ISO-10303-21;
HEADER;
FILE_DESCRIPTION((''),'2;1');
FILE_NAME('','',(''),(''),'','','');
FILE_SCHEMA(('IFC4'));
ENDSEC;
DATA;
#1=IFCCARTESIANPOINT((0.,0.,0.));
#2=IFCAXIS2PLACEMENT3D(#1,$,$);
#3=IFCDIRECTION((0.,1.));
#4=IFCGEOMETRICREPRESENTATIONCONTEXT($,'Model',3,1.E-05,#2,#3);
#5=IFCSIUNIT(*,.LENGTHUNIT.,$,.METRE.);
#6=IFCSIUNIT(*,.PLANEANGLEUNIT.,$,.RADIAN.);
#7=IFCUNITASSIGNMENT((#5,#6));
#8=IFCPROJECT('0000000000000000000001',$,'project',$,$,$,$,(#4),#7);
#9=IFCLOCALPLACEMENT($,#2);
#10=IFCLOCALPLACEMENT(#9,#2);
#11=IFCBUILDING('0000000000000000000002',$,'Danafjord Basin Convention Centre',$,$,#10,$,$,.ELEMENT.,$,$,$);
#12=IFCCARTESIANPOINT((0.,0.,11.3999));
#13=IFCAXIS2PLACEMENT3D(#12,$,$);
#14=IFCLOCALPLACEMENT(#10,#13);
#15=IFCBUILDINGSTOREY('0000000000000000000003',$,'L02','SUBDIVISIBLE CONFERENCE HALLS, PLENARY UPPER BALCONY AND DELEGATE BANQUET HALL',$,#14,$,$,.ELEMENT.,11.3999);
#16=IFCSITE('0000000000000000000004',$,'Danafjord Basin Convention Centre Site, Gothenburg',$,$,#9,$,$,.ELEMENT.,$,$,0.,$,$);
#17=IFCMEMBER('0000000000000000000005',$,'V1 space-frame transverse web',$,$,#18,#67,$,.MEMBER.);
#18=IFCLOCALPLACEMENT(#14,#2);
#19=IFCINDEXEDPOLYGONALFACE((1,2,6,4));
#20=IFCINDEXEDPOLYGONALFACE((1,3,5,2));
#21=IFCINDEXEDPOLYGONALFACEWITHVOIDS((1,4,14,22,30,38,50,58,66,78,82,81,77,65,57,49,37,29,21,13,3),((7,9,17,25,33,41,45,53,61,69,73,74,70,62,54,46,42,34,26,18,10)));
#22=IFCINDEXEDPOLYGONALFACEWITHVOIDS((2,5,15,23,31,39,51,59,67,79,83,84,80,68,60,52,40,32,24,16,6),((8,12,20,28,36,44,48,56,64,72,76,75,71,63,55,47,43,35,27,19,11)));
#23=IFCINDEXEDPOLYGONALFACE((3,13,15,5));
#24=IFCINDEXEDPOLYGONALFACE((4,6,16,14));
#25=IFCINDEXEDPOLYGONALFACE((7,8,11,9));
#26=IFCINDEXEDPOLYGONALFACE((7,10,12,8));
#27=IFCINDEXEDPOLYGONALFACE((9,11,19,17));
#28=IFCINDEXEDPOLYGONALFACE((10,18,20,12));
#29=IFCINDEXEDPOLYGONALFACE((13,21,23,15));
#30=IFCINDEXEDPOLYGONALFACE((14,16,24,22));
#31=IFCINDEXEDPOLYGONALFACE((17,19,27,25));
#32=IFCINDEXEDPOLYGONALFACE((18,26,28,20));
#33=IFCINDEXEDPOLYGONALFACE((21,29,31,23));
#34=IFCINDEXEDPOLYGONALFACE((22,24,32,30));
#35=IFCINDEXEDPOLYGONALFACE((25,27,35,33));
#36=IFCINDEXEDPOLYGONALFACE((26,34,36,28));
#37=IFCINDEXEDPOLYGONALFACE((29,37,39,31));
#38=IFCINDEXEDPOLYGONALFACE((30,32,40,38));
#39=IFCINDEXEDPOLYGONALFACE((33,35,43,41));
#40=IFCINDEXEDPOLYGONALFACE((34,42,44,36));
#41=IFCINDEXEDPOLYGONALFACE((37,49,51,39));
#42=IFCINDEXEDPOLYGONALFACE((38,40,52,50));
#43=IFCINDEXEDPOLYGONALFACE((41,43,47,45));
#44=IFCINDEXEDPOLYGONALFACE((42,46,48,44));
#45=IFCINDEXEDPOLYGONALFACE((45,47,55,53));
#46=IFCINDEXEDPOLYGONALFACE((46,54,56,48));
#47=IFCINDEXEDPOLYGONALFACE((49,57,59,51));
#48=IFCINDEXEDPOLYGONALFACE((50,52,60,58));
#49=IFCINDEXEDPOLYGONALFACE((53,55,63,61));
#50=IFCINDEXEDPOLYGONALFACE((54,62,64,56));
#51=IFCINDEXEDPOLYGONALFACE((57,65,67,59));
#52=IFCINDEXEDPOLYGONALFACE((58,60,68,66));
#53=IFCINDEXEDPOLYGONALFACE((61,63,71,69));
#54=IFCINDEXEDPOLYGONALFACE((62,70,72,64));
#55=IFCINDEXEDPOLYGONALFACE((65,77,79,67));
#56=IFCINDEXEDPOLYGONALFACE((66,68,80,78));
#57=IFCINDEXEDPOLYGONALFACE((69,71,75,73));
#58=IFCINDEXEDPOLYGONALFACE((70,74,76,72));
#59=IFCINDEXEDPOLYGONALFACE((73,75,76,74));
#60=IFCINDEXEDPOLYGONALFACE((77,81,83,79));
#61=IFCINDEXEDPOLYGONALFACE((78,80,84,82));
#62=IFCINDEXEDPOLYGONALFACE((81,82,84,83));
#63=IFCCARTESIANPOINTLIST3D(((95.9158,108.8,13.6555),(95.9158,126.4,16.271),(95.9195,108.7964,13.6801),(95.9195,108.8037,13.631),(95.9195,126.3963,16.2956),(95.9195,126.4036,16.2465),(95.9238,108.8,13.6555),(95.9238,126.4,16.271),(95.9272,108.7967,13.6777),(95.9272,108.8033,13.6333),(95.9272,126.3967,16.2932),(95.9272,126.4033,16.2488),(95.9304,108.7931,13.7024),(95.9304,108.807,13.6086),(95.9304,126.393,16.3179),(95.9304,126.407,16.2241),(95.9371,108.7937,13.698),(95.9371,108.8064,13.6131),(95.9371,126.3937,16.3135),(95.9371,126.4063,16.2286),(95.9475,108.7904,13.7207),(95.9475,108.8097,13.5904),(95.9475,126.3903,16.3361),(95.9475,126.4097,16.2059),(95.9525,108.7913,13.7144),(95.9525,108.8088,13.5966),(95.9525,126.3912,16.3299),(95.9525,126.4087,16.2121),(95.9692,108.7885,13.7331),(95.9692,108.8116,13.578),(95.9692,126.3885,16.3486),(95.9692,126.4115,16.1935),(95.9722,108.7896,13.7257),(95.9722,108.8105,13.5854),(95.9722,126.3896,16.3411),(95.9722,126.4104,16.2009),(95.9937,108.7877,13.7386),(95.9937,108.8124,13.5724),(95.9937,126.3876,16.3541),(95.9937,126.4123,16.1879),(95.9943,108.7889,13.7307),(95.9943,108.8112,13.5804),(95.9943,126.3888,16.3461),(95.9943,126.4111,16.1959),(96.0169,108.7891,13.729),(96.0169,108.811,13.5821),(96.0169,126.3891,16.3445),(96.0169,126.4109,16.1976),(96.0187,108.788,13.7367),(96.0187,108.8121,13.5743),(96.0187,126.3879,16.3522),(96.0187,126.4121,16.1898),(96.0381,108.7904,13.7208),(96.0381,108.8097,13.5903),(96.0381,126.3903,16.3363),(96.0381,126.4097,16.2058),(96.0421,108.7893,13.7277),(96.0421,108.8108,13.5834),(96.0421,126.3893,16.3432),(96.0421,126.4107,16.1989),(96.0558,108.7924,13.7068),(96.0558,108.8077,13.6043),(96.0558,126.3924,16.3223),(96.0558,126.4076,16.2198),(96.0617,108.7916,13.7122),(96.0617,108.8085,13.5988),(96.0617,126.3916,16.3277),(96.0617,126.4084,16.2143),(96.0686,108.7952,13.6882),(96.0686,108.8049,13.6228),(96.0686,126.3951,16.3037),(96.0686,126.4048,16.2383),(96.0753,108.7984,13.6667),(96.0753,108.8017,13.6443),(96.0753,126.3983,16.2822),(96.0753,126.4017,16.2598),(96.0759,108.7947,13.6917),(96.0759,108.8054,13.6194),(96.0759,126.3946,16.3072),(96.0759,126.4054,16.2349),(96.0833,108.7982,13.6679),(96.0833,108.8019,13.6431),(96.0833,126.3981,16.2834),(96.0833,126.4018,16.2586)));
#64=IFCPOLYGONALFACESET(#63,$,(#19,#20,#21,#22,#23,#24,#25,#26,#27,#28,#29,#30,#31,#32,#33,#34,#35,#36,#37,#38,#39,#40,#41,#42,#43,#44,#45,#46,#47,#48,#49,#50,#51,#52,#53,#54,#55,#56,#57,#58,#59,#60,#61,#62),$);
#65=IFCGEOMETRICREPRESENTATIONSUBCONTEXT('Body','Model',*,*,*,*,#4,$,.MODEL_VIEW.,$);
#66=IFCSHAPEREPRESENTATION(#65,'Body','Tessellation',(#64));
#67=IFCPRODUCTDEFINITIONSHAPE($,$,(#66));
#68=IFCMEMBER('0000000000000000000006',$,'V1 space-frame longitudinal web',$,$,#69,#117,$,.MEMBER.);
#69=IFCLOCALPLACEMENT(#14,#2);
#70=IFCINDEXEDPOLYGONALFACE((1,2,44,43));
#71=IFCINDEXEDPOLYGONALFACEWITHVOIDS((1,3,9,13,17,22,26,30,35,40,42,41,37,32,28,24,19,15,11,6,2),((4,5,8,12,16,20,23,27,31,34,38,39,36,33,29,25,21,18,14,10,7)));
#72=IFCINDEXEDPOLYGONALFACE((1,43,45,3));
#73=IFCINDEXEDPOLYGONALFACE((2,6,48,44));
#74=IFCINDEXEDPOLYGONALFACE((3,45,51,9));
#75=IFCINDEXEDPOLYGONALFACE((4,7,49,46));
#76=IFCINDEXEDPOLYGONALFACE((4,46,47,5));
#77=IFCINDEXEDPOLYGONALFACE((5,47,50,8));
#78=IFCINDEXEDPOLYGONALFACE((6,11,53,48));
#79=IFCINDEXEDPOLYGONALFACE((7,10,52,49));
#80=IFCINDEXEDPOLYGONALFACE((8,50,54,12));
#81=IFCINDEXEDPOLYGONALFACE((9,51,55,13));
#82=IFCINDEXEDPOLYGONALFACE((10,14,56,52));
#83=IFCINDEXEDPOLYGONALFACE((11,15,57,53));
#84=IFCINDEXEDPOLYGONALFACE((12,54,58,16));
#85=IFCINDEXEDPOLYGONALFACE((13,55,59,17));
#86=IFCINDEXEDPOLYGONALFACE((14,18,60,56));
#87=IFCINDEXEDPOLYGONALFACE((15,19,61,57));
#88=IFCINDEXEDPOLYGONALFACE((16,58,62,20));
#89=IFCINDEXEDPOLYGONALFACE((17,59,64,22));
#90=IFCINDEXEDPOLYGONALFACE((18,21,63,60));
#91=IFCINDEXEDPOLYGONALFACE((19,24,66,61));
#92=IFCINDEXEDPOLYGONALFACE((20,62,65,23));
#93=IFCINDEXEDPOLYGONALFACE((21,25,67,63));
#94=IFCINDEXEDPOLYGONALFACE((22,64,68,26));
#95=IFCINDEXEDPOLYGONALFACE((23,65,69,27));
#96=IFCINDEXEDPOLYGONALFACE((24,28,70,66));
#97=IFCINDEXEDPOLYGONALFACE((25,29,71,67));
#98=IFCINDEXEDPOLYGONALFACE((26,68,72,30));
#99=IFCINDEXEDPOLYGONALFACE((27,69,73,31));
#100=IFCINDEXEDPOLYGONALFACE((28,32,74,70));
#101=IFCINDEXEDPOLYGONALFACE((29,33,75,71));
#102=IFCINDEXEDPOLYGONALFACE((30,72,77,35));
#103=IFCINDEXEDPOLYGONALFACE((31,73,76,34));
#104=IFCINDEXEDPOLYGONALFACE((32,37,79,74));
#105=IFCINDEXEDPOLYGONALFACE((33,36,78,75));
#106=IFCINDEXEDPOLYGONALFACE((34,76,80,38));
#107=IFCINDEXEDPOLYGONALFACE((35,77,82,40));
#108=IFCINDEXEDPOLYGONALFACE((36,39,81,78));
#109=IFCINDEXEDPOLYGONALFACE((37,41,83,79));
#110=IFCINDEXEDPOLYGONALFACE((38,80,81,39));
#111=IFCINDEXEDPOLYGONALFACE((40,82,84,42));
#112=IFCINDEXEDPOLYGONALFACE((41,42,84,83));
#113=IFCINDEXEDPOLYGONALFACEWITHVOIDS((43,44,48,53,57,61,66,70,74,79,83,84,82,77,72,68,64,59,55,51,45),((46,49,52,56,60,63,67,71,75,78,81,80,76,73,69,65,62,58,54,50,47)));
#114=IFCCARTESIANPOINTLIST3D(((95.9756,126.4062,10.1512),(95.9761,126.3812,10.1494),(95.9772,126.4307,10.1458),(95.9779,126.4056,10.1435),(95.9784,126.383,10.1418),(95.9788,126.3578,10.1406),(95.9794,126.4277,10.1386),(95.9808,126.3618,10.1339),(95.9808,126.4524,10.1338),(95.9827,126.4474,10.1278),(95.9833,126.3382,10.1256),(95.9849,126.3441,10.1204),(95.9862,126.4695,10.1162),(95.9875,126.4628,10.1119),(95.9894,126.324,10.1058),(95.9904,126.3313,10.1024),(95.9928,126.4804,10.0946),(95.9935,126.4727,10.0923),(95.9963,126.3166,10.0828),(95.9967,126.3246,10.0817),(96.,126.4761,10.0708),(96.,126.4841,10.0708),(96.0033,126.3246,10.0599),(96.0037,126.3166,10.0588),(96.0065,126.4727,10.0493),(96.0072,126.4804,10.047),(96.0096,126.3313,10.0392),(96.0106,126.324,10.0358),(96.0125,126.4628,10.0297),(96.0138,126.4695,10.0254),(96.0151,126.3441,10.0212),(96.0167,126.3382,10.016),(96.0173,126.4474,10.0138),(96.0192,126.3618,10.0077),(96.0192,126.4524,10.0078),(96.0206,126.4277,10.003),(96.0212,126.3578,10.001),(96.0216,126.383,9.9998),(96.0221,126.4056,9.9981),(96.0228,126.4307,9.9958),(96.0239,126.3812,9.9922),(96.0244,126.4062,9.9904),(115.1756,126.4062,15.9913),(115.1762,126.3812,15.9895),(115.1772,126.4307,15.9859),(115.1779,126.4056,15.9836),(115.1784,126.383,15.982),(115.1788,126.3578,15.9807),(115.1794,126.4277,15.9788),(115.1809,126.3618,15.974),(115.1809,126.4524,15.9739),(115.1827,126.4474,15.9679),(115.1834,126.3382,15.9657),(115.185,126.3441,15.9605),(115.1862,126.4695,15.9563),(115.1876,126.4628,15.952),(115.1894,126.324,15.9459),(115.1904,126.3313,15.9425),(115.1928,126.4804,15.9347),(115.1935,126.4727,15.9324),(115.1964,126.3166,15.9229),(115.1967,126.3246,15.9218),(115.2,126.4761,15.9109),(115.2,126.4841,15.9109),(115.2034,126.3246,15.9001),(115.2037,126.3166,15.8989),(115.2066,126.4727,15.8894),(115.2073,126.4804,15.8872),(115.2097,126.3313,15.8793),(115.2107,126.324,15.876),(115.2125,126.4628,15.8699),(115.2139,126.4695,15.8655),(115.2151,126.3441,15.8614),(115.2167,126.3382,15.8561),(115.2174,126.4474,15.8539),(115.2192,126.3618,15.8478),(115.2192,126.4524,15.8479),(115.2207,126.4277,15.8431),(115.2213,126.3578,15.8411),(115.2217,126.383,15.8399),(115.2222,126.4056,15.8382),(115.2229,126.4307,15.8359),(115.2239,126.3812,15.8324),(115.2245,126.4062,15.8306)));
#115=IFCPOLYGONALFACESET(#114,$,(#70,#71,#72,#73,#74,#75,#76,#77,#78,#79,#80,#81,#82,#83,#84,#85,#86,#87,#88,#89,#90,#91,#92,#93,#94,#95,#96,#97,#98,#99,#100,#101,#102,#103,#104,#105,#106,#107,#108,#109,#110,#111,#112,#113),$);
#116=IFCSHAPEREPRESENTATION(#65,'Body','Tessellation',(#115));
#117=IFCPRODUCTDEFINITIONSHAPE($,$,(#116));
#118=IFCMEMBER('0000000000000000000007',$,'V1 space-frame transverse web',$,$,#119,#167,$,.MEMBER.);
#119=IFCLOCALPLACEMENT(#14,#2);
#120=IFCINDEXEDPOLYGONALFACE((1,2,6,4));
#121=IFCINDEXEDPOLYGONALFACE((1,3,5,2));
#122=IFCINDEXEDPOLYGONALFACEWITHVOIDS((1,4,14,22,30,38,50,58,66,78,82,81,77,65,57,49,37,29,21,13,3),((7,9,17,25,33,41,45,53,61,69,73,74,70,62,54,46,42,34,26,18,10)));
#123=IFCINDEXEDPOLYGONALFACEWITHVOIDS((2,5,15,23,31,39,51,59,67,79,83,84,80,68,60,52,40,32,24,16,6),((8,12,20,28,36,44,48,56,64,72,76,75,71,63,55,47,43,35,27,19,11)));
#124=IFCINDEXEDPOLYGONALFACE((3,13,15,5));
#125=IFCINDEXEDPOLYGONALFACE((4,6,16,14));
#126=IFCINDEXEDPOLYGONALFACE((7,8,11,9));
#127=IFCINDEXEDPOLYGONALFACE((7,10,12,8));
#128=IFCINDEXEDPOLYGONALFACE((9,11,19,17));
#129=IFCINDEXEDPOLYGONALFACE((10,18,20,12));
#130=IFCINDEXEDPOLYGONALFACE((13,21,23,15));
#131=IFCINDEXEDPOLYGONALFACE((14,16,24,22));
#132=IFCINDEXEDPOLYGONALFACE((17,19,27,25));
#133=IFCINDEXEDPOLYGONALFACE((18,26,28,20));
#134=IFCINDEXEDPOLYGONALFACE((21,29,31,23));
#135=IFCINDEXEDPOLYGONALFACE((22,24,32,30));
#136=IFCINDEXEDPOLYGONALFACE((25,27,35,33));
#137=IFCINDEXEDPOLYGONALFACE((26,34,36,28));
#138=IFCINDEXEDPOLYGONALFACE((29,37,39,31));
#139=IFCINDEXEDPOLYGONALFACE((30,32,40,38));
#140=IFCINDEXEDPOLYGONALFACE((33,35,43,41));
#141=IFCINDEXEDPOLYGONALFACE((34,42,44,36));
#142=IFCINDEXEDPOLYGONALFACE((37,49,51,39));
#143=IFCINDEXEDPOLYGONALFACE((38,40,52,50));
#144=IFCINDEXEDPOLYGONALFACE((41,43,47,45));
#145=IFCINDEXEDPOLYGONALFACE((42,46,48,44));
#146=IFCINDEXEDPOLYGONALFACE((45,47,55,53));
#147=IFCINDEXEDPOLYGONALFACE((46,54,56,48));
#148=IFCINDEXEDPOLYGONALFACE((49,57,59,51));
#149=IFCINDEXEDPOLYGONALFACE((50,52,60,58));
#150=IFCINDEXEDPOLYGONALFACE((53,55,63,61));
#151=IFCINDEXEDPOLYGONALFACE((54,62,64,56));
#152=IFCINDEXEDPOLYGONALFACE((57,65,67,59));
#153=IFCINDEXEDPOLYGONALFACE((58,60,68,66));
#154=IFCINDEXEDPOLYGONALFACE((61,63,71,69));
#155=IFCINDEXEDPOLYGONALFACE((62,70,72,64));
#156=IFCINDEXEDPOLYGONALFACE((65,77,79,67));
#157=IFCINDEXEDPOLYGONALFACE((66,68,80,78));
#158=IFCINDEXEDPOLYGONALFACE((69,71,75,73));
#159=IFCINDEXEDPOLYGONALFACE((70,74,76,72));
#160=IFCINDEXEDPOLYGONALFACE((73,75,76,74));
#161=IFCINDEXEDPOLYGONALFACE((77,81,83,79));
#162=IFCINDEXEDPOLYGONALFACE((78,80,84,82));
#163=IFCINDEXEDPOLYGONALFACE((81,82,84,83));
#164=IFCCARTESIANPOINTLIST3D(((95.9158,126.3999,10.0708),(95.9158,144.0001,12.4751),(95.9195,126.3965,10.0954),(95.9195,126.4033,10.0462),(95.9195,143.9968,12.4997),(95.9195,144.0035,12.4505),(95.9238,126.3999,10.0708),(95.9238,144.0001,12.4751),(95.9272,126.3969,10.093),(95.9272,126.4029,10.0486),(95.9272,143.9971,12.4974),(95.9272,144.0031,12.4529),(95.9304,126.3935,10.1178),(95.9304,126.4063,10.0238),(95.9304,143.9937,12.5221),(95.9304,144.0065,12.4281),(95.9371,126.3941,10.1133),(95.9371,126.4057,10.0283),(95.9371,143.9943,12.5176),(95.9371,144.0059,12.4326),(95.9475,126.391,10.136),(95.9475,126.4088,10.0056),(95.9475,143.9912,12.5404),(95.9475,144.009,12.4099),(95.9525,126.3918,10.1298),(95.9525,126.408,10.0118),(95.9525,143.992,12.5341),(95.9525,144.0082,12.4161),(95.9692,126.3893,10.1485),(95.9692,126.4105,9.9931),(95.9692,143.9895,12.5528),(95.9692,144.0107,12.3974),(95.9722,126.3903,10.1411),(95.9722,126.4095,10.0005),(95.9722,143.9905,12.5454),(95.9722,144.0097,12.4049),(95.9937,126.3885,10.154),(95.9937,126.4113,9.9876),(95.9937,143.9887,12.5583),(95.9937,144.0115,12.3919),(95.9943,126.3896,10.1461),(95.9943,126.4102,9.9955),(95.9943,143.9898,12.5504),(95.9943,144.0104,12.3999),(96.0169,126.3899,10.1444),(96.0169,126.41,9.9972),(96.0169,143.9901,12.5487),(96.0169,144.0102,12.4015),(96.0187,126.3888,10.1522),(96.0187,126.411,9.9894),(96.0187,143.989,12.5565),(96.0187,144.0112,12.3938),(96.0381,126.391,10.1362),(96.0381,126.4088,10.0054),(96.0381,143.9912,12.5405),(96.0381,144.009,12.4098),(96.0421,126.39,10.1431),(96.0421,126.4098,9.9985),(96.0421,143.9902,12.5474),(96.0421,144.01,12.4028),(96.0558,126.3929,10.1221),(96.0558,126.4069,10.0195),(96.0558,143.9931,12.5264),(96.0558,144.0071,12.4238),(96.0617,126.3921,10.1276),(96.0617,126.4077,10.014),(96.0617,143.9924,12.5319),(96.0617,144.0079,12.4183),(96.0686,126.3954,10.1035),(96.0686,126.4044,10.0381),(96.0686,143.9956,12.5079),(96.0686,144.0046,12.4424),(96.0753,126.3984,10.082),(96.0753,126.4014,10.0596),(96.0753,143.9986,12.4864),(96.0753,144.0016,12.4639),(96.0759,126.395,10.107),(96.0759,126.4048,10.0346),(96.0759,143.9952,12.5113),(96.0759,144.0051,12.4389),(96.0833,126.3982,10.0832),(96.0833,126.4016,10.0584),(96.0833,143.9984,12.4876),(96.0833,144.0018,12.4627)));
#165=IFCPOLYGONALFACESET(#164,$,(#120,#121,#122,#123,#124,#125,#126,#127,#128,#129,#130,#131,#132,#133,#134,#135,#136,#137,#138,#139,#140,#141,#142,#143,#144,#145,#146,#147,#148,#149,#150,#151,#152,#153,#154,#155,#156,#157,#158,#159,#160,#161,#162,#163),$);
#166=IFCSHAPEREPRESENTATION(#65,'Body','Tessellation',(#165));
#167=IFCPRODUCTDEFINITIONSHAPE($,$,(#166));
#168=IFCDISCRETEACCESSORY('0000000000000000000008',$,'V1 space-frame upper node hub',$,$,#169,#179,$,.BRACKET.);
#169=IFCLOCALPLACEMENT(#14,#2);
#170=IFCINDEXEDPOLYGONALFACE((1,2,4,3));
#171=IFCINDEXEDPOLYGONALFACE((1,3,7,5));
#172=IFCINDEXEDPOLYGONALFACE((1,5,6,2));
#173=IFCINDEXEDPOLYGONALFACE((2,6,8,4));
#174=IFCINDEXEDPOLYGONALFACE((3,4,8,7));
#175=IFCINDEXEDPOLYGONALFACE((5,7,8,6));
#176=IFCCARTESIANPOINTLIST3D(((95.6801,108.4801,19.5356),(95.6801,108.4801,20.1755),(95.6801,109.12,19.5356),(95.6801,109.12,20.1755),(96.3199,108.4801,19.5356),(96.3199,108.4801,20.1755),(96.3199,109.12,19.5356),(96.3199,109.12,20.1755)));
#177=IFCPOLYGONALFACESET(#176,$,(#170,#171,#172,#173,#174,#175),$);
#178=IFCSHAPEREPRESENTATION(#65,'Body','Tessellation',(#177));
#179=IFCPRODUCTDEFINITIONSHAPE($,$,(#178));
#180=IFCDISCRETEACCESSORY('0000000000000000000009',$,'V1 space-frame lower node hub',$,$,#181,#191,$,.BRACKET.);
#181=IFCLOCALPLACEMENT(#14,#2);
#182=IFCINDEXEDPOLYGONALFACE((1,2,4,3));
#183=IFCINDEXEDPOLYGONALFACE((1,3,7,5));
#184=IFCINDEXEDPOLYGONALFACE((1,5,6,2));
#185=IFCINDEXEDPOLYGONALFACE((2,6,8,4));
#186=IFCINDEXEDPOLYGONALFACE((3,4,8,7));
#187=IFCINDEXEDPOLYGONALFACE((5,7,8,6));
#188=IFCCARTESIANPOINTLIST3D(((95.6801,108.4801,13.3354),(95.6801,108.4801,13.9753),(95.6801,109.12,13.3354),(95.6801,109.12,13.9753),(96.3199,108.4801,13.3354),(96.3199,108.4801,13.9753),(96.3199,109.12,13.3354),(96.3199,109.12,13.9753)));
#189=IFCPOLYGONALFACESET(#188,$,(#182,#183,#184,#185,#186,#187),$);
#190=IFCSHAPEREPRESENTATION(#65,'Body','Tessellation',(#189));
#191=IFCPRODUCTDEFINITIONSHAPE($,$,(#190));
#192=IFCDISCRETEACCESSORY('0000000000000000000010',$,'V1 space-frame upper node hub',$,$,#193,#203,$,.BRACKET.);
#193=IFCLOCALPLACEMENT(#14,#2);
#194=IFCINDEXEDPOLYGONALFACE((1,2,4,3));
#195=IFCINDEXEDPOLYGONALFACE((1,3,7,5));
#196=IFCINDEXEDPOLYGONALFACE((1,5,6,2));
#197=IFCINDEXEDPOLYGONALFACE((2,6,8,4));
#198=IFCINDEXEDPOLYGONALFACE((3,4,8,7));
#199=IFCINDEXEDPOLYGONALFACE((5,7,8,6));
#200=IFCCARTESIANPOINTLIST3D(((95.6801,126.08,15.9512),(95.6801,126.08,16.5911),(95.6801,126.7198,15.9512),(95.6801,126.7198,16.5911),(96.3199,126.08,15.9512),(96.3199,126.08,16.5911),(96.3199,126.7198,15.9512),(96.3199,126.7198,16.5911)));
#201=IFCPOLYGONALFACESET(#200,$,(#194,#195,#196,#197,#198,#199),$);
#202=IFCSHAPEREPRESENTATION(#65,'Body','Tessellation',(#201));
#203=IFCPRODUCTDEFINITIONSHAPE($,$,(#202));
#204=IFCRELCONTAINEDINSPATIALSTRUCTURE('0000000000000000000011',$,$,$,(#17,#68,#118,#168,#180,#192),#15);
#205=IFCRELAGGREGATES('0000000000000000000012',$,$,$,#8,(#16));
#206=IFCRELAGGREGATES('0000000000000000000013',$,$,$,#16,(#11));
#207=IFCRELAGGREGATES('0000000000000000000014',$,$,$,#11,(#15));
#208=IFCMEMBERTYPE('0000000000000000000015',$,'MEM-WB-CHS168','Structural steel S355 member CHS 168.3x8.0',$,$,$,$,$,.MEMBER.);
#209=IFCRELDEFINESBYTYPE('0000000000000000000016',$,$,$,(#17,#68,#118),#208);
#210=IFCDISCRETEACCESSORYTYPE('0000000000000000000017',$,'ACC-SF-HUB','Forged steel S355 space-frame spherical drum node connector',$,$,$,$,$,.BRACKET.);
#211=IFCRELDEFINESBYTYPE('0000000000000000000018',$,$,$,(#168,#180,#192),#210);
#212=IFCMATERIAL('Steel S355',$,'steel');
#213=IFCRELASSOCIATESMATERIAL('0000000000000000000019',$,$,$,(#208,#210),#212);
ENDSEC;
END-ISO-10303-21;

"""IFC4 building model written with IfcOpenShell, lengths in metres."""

from ifc_helpers import new_model, si_unit, direction, frame, origin, origin_2d, place, context, subcontext, project, spatial, rectangle, hollow_circle, extrude, material, material_profile, profile_set, type_object, element, save


model = new_model("IFC4")

# Units and contexts
model_context = context("Model", 3, precision=1e-05, world=origin(), true_north=direction((0.0, 1.0)))
body_context = subcontext(model_context, "Body", "Model", "MODEL_VIEW")
ifc_project = project(units=[si_unit("LENGTHUNIT", "METRE"), si_unit("PLANEANGLEUNIT", "RADIAN")], contexts=[model_context])

# Site, building, storey
site_placement = place(None, origin())
site = spatial("IfcSite", under=ifc_project, at=site_placement, Name="Danafjord Basin Convention Centre Site, Gothenburg", CompositionType="ELEMENT", RefElevation=0.0)
building_placement = place(site_placement, origin())
building = spatial("IfcBuilding", under=site, at=building_placement, Name="Danafjord Basin Convention Centre", CompositionType="ELEMENT")
storey_placement = place(building_placement, frame((0.0, 0.0, 11.3999)))
storey = spatial("IfcBuildingStorey", under=building, at=storey_placement, Name="L02", Description="SUBDIVISIBLE CONFERENCE HALLS, PLENARY UPPER BALCONY AND DELEGATE BANQUET HALL", CompositionType="ELEMENT", Elevation=11.3999)

# Shared definitions
ifc_material = material(Name="Steel S355", Category="steel")

# Members
ifc_material_profile_1 = material_profile(ifc_material, hollow_circle(Radius=0.0842, WallThickness=0.0081, at=origin_2d()), Name="CHS 168.3x8.0")
ifc_profile_set_1 = profile_set([ifc_material_profile_1], Name="Steel S355")
member_type_1 = type_object("IfcMemberType", Name="MEM-WB-CHS168", Description="Structural steel S355 member CHS 168.3x8.0", PredefinedType="MEMBER", material=ifc_profile_set_1)
member_1_placement = place(storey_placement, frame((96.0, 108.8, 13.6555), z_axis=(0.0, 0.989137, 0.146994), x_axis=(-1.0, 0.0, 0.0)))
element("IfcMember", 1, at=member_1_placement, inside=storey, type_object=member_type_1, Name="V1 space-frame transverse web", PredefinedType="MEMBER", context=body_context, shape_type="SweptSolid", body=[
    extrude(hollow_circle(Radius=0.0842, WallThickness=0.0081, at=origin_2d()), origin(), (0.0, 0.0, 1.0), 17.7932),
])
member_2_placement = place(storey_placement, frame((96.0, 126.3999, 10.0708), z_axis=(0.956721, 0.0, 0.291008), x_axis=(0.0, 1.0, 0.0)))
element("IfcMember", 2, at=member_2_placement, inside=storey, type_object=member_type_1, Name="V1 space-frame longitudinal web", PredefinedType="MEMBER", context=body_context, shape_type="SweptSolid", body=[
    extrude(hollow_circle(Radius=0.0842, WallThickness=0.0081, at=origin_2d()), origin(), (0.0, 0.0, 1.0), 20.0686),
])
member_3_placement = place(storey_placement, frame((96.0, 126.3999, 10.0708), z_axis=(0.0, 0.990798, 0.13535), x_axis=(-1.0, 0.0, 0.0)))
element("IfcMember", 3, at=member_3_placement, inside=storey, type_object=member_type_1, Name="V1 space-frame transverse web", PredefinedType="MEMBER", context=body_context, shape_type="SweptSolid", body=[
    extrude(hollow_circle(Radius=0.0842, WallThickness=0.0081, at=origin_2d()), origin(), (0.0, 0.0, 1.0), 17.7637),
])

# Discrete accessories
discrete_accessory_type = type_object("IfcDiscreteAccessoryType", Name="ACC-SF-HUB", Description="Forged steel S355 space-frame spherical drum node connector", PredefinedType="BRACKET", material=ifc_material)
for number, where, z_axis, x_axis, name in (
    (4, (96.0, 108.8, 19.5356), (0.0, 0.0, 1.0), (1.0, 0.0, 0.0), "V1 space-frame upper node hub"),
    (5, (96.0, 108.8, 13.3354), (0.0, 0.0, 1.0), (1.0, 0.0, 0.0), "V1 space-frame lower node hub"),
    (6, (96.0, 126.3999, 15.9512), (0.0, 0.0, 1.0), (1.0, 0.0, 0.0), "V1 space-frame upper node hub"),
):
    element("IfcDiscreteAccessory", number, at=place(storey_placement, frame(where, z_axis=z_axis, x_axis=x_axis)), inside=storey, type_object=discrete_accessory_type, Name=name, PredefinedType="BRACKET", context=body_context, shape_type="SweptSolid", body=[
        extrude(rectangle(XDim=0.6399, YDim=0.6399, at=origin_2d()), origin(), (0.0, 0.0, 1.0), 0.6399),
    ])

save(model, "model.ifc")
